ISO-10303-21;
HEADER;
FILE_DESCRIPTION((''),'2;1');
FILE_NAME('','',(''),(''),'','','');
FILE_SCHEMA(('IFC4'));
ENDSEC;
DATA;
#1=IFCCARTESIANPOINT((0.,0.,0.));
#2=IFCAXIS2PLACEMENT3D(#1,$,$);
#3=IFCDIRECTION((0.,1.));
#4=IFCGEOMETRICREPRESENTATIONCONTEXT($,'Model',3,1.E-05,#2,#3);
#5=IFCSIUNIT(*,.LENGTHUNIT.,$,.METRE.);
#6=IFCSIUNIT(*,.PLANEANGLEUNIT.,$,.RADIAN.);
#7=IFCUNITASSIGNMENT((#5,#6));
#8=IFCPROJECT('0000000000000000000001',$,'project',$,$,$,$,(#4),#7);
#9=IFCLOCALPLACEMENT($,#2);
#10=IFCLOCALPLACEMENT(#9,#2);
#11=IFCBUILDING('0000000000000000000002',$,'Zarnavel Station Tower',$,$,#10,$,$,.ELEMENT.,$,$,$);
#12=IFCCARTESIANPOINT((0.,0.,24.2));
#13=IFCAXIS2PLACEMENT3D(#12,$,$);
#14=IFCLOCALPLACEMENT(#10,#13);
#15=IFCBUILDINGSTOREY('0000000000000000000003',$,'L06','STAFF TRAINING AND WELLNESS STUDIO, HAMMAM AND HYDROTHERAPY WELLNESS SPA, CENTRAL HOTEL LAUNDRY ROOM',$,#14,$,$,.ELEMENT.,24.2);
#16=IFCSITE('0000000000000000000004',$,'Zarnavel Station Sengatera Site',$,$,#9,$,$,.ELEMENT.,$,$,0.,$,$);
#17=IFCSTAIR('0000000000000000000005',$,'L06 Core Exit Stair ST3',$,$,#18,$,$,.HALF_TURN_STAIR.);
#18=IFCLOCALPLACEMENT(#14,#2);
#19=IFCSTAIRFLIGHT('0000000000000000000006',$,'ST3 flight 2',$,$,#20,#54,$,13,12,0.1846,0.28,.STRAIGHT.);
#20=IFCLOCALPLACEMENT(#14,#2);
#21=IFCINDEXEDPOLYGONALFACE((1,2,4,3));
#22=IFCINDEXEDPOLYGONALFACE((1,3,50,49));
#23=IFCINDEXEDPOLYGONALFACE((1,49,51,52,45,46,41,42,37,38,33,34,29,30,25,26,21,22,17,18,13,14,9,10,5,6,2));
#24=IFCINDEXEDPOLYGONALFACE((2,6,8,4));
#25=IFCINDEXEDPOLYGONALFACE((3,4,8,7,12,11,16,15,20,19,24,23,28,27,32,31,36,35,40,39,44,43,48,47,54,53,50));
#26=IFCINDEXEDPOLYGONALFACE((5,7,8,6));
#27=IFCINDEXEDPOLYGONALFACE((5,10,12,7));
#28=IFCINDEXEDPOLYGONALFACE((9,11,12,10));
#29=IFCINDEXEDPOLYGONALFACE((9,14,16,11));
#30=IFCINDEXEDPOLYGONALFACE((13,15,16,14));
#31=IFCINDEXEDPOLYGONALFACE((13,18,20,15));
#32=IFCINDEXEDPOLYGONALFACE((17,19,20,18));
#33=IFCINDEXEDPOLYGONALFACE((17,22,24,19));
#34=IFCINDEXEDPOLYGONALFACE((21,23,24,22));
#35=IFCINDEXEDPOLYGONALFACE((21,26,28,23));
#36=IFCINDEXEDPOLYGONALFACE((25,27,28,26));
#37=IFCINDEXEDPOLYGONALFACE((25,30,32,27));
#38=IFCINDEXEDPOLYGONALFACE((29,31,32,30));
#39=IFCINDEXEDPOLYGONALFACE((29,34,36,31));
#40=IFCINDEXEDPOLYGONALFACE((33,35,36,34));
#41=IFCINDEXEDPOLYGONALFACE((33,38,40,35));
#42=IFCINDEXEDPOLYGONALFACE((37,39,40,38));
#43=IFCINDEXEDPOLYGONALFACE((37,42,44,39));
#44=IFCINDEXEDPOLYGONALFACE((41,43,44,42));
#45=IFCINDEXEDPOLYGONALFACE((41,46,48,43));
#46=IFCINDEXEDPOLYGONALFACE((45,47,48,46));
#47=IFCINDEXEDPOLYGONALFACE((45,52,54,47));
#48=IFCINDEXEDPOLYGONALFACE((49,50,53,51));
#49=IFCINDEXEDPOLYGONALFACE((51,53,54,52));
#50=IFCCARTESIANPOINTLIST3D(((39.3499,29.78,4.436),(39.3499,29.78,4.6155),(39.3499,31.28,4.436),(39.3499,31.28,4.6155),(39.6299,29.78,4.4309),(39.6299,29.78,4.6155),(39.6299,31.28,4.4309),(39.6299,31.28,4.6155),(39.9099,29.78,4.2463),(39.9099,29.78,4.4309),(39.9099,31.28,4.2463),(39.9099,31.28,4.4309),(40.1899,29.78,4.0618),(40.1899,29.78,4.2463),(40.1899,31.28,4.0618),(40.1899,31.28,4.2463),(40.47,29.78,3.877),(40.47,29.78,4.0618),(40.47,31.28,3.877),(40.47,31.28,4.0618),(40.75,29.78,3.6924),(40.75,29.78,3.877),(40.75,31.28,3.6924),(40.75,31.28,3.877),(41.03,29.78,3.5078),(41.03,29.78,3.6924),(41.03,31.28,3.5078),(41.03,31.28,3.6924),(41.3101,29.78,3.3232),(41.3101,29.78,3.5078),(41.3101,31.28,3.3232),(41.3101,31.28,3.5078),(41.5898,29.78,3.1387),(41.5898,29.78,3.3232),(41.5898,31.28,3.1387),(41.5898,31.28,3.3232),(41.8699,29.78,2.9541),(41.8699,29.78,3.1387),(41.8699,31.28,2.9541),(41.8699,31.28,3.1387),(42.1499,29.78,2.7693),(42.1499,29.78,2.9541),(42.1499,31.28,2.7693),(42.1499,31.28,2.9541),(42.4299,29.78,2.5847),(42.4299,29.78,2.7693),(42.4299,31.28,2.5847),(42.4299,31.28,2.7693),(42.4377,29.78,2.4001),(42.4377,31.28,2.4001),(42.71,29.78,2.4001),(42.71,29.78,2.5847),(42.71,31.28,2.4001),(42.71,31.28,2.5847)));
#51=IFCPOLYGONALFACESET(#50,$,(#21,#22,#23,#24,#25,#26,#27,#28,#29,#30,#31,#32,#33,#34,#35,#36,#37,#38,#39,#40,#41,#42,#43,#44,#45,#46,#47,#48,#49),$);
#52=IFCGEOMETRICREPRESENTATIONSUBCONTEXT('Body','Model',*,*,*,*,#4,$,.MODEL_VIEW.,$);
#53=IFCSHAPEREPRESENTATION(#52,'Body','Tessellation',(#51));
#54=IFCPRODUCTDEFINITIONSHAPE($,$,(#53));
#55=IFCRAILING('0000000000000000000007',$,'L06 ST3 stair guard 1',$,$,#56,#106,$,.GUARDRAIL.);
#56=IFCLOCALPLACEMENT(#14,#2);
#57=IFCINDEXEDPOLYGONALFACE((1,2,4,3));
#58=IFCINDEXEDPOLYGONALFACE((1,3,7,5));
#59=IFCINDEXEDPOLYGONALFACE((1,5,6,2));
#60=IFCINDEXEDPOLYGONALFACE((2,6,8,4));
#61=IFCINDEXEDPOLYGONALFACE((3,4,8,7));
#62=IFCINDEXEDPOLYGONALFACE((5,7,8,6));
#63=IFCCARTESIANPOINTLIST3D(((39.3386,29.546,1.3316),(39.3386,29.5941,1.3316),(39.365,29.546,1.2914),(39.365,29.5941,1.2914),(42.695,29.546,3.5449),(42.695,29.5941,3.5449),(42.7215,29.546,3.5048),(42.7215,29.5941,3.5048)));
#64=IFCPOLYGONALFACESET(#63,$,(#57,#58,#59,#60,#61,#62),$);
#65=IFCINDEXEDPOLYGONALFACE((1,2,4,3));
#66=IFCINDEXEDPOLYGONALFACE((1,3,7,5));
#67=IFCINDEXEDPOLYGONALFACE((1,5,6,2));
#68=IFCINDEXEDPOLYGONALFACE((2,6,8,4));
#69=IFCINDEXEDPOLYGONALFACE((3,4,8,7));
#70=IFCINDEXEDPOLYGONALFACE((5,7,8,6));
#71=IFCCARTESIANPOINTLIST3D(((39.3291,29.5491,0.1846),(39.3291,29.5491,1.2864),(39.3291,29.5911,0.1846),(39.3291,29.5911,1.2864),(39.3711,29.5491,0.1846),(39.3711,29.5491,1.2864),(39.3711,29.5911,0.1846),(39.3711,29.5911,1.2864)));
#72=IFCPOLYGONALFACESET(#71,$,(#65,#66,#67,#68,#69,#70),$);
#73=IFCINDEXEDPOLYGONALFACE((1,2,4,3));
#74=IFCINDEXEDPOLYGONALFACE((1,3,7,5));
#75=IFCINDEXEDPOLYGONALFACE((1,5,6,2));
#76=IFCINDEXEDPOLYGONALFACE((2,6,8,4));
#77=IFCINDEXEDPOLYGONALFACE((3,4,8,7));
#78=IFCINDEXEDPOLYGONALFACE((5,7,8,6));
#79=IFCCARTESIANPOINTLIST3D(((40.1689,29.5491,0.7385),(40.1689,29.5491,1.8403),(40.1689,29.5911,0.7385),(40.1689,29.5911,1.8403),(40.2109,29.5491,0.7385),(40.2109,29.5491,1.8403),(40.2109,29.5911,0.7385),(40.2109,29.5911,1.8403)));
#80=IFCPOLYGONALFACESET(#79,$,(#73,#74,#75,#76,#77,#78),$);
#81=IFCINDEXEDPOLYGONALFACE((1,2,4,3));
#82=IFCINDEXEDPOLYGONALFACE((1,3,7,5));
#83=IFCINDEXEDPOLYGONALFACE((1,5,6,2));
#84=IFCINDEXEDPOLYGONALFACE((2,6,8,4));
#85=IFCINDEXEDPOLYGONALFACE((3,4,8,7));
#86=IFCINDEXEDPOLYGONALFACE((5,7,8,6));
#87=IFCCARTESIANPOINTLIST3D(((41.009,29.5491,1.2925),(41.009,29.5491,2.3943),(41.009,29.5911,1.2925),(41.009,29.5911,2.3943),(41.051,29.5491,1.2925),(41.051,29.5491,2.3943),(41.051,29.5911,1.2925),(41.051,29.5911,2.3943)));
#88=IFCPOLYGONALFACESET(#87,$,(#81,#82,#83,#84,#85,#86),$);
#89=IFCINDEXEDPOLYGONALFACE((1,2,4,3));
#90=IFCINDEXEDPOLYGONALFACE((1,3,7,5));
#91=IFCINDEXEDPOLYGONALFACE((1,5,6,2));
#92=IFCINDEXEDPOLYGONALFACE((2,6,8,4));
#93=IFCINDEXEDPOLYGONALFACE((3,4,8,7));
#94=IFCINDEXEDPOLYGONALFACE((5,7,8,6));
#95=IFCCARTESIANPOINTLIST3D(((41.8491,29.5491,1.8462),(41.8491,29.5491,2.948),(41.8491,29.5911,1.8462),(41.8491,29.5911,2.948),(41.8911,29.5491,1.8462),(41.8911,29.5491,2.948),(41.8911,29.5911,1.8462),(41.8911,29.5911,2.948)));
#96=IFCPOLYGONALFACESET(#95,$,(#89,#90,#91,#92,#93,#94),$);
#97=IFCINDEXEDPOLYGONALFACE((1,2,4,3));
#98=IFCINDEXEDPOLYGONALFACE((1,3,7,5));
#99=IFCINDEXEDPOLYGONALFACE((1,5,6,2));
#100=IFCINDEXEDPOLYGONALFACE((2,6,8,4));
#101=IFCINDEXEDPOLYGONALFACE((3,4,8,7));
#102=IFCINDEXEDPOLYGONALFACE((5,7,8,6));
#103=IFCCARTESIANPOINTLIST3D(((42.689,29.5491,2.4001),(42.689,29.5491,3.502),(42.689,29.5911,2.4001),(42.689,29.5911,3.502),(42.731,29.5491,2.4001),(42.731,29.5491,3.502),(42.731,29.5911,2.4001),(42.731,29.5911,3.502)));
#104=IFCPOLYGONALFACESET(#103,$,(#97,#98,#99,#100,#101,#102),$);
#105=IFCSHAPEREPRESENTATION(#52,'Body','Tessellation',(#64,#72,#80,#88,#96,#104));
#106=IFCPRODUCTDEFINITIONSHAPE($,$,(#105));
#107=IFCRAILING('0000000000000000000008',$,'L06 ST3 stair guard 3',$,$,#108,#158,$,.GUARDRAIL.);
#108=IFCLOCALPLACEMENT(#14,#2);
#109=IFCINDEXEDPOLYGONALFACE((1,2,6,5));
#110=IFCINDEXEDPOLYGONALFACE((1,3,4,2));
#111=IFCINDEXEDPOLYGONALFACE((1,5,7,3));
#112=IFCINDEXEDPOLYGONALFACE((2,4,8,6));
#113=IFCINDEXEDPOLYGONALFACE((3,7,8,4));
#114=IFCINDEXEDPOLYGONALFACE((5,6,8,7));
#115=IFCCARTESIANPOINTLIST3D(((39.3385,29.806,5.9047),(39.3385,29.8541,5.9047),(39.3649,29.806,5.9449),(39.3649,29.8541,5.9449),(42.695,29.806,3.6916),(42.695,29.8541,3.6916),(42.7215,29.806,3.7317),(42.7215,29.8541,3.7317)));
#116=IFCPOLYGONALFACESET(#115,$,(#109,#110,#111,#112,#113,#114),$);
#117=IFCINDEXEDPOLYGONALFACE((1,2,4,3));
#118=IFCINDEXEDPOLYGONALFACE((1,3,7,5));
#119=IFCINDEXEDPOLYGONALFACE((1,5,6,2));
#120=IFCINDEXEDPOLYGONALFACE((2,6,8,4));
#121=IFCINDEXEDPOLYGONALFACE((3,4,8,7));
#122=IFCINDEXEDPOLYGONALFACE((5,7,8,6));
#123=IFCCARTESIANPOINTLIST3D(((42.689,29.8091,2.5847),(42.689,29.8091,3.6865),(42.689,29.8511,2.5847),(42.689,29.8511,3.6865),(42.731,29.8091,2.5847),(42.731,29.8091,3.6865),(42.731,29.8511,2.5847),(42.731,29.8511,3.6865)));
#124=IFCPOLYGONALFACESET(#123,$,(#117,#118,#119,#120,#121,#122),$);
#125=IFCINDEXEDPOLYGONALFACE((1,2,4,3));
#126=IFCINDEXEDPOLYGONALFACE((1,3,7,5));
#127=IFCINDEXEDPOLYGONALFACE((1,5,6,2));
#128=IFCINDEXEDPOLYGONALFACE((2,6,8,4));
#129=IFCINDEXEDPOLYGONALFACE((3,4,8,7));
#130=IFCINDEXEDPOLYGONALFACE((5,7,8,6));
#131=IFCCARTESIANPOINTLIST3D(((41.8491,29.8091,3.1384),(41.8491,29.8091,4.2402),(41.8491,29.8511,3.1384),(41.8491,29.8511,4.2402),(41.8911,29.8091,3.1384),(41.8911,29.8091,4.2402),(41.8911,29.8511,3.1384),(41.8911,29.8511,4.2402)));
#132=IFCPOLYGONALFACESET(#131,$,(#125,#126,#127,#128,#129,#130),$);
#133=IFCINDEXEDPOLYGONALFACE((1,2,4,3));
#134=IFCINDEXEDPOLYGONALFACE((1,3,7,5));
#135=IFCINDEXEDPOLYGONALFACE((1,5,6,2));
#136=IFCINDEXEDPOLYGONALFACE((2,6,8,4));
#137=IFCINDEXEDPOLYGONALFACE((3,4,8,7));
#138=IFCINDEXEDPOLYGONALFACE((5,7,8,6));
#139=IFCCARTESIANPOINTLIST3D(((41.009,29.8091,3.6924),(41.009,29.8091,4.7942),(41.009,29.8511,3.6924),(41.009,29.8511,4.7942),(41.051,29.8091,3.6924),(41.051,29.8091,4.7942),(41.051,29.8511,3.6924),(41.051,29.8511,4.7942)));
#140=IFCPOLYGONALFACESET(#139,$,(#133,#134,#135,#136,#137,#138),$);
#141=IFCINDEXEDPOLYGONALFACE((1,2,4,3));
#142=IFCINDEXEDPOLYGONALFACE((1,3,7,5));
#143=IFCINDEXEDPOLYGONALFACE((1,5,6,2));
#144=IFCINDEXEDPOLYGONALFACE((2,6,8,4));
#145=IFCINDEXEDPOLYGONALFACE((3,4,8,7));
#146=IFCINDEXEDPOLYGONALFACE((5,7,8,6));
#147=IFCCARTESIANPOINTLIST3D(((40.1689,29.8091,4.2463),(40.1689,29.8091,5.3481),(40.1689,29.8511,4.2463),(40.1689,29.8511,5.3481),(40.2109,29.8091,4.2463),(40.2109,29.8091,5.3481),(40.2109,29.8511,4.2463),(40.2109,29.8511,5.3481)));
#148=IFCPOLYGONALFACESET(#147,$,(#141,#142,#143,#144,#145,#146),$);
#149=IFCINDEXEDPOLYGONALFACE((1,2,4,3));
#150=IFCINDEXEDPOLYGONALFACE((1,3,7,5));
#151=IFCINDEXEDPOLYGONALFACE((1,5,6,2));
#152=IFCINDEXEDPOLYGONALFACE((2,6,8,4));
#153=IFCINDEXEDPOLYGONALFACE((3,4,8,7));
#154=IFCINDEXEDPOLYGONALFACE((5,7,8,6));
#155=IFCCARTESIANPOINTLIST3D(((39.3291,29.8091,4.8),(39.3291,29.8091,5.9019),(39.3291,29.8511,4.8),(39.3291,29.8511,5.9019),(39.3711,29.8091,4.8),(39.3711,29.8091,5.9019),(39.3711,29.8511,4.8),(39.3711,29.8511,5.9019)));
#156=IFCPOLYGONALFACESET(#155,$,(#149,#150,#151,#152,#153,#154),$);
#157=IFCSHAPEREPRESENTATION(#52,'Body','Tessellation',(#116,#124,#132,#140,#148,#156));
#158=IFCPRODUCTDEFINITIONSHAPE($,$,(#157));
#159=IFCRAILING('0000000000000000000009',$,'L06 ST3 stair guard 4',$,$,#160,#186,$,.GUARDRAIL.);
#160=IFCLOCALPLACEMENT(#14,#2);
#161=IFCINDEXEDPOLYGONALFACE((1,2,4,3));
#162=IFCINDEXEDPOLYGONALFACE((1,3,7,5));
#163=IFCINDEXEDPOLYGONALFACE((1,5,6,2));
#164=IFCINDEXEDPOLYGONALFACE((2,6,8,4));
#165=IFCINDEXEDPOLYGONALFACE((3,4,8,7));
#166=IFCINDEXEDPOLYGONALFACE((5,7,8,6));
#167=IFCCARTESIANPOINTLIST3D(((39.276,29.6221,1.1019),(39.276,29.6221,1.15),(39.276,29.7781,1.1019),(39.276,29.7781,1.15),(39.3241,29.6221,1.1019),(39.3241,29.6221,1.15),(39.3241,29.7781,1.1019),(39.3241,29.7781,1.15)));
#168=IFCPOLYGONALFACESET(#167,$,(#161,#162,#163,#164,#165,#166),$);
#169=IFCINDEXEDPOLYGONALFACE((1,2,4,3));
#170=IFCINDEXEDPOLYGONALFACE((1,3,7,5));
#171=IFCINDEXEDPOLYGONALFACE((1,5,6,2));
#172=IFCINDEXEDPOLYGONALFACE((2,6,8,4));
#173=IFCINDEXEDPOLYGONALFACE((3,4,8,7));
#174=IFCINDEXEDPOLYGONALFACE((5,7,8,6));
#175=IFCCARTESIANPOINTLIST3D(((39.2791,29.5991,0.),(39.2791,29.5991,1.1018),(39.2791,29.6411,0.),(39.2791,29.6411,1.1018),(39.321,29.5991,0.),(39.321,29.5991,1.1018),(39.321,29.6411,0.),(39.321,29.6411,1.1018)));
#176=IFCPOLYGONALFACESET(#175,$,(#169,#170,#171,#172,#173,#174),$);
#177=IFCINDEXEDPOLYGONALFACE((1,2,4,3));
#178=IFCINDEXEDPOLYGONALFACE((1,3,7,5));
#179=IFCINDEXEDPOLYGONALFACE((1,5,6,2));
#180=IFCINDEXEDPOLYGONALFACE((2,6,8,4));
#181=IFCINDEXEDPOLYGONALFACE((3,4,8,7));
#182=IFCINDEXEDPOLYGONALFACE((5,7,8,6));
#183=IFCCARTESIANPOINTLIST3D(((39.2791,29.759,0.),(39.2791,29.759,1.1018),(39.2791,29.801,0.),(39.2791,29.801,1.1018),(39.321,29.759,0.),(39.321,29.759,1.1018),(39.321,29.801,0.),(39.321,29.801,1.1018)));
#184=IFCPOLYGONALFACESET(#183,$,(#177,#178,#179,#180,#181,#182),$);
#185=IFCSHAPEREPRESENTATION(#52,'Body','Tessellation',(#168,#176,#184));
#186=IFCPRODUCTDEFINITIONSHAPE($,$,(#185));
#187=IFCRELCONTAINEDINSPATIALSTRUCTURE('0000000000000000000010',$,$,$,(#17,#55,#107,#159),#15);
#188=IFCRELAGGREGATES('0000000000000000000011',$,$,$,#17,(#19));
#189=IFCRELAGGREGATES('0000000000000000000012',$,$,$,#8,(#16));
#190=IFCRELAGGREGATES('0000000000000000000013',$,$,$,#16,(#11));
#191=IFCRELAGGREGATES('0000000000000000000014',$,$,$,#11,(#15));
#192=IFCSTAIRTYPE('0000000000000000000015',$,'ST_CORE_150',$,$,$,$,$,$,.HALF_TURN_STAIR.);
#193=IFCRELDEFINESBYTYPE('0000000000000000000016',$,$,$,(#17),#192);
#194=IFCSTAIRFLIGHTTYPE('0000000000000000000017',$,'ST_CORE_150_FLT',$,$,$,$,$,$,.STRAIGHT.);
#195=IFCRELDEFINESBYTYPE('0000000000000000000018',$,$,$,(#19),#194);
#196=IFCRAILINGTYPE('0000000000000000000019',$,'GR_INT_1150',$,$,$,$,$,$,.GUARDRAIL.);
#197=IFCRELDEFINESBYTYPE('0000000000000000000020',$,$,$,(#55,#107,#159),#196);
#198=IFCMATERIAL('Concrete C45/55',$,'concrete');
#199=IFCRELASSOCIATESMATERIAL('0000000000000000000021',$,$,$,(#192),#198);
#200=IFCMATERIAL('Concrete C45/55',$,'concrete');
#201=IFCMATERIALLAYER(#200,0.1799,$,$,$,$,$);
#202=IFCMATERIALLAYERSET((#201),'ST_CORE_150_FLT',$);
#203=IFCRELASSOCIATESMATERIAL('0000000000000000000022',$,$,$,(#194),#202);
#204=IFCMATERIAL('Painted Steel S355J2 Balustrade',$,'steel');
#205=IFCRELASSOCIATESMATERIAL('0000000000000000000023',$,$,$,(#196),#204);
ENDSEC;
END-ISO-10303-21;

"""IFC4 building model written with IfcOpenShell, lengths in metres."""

from ifc_helpers import new_model, si_unit, direction, frame, origin, origin_2d, place, context, subcontext, project, spatial, polyline, rectangle, outline, extrude, material, layer, layer_set, type_object, element, aggregate, save


model = new_model("IFC4")

# Units and contexts
model_context = context("Model", 3, precision=1e-05, world=origin(), true_north=direction((0.0, 1.0)))
body_context = subcontext(model_context, "Body", "Model", "MODEL_VIEW")
ifc_project = project(units=[si_unit("LENGTHUNIT", "METRE"), si_unit("PLANEANGLEUNIT", "RADIAN")], contexts=[model_context])

# Site, building, storey
site_placement = place(None, origin())
site = spatial("IfcSite", under=ifc_project, at=site_placement, Name="Zarnavel Station Sengatera Site", CompositionType="ELEMENT", RefElevation=0.0)
building_placement = place(site_placement, origin())
building = spatial("IfcBuilding", under=site, at=building_placement, Name="Zarnavel Station Tower", CompositionType="ELEMENT")
storey_placement = place(building_placement, frame((0.0, 0.0, 24.2)))
storey = spatial("IfcBuildingStorey", under=building, at=storey_placement, Name="L06", Description="STAFF TRAINING AND WELLNESS STUDIO, HAMMAM AND HYDROTHERAPY WELLNESS SPA, CENTRAL HOTEL LAUNDRY ROOM", CompositionType="ELEMENT", Elevation=24.2)

# Stair, stair flight
ifc_material_1 = material(Name="Concrete C45/55", Category="concrete")
stair_type = type_object("IfcStairType", Name="ST_CORE_150", PredefinedType="HALF_TURN_STAIR", material=ifc_material_1)
stair_placement = place(storey_placement, origin())
stair = element("IfcStair", 1, at=stair_placement, inside=storey, type_object=stair_type, Name="L06 Core Exit Stair ST3", PredefinedType="HALF_TURN_STAIR")
ifc_material_2 = material(Name="Concrete C45/55", Category="concrete")
ifc_layer_1 = layer(ifc_material_2, 0.1799)
ifc_layer_set_1 = layer_set([ifc_layer_1], Name="ST_CORE_150_FLT")
stair_flight_type = type_object("IfcStairFlightType", Name="ST_CORE_150_FLT", PredefinedType="STRAIGHT", material=ifc_layer_set_1)
stair_flight_1_placement = place(storey_placement, frame((42.71, 30.53, 2.4001), z_axis=(0.0, 0.0, 1.0), x_axis=(-1.0, 0.0, 0.0)))
stair_flight_1 = element("IfcStairFlight", 2, at=stair_flight_1_placement, type_object=stair_flight_type, Name="ST3 flight 2", NumberOfRisers=13, NumberOfTreads=12, PredefinedType="STRAIGHT", RiserHeight=0.1846, TreadLength=0.28, context=body_context, shape_type="SweptSolid", body=[
    extrude(outline(polyline([(0.0, 0.0), (0.0, 0.1846), (0.28, 0.1846), (0.28, 0.3691), (0.5601, 0.3691), (0.5601, 0.554), (0.8401, 0.554), (0.8401, 0.7385), (1.1201, 0.7385), (1.1201, 0.9231), (1.3999, 0.9231), (1.3999, 1.1077), (1.6799, 1.1077), (1.6799, 1.2922), (1.96, 1.2922), (1.96, 1.4768), (2.24, 1.4768), (2.24, 1.6616), (2.52, 1.6616), (2.52, 1.8462), (2.8, 1.8462), (2.8, 2.0308), (3.0801, 2.0308), (3.0801, 2.2153), (3.3601, 2.2153), (3.3601, 2.3999), (3.3601, 2.0359), (0.2722, 0.0), (0.0, 0.0)])), frame((0.0, 0.75, 0.0), z_axis=(0.0, -1.0, 0.0), x_axis=(1.0, 0.0, 0.0)), (0.0, 0.0, 1.0), 1.5),
])
aggregate(stair, [stair_flight_1])

# Railings
ifc_material_3 = material(Name="Painted Steel S355J2 Balustrade", Category="steel")
railing_type_1 = type_object("IfcRailingType", Name="GR_INT_1150", PredefinedType="GUARDRAIL", material=ifc_material_3)
railing_1_placement = place(storey_placement, frame((39.3501, 29.5701, 0.1846)))
element("IfcRailing", 3, at=railing_1_placement, inside=storey, type_object=railing_type_1, Name="L06 ST3 stair guard 1", PredefinedType="GUARDRAIL", context=body_context, shape_type="SweptSolid", body=[
    extrude(rectangle(XDim=0.0481, YDim=0.0481, at=origin_2d()), frame((0.0017, 0.0, 1.127), z_axis=(0.83483, 0.0, 0.550508), x_axis=(0.0, 1.0, 0.0)), (0.0, 0.0, 1.0), 4.0205),
    extrude(rectangle(XDim=0.042, YDim=0.042, at=origin_2d()), origin(), (0.0, 0.0, 1.0), 1.1018),
    extrude(rectangle(XDim=0.042, YDim=0.042, at=origin_2d()), frame((0.8398, 0.0, 0.554)), (0.0, 0.0, 1.0), 1.1018),
    extrude(rectangle(XDim=0.042, YDim=0.042, at=origin_2d()), frame((1.6799, 0.0, 1.1079)), (0.0, 0.0, 1.0), 1.1018),
    extrude(rectangle(XDim=0.042, YDim=0.042, at=origin_2d()), frame((2.52, 0.0, 1.6616)), (0.0, 0.0, 1.0), 1.1018),
    extrude(rectangle(XDim=0.042, YDim=0.042, at=origin_2d()), frame((3.3599, 0.0, 2.2156)), (0.0, 0.0, 1.0), 1.1018),
])
railing_2_placement = place(storey_placement, frame((42.71, 29.8301, 2.5847)))
element("IfcRailing", 4, at=railing_2_placement, inside=storey, type_object=railing_type_1, Name="L06 ST3 stair guard 3", PredefinedType="GUARDRAIL", context=body_context, shape_type="SweptSolid", body=[
    extrude(rectangle(XDim=0.0481, YDim=0.0481, at=origin_2d()), frame((-0.0017, 0.0, 1.127), z_axis=(-0.834858, 0.0, 0.550465), x_axis=(0.0, -1.0, 0.0)), (0.0, 0.0, 1.0), 4.0205),
    extrude(rectangle(XDim=0.042, YDim=0.042, at=origin_2d()), origin(), (0.0, 0.0, 1.0), 1.1018),
    extrude(rectangle(XDim=0.042, YDim=0.042, at=origin_2d()), frame((-0.8398, 0.0, 0.5537)), (0.0, 0.0, 1.0), 1.1018),
    extrude(rectangle(XDim=0.042, YDim=0.042, at=origin_2d()), frame((-1.6799, 0.0, 1.1077)), (0.0, 0.0, 1.0), 1.1018),
    extrude(rectangle(XDim=0.042, YDim=0.042, at=origin_2d()), frame((-2.52, 0.0, 1.6616)), (0.0, 0.0, 1.0), 1.1018),
    extrude(rectangle(XDim=0.042, YDim=0.042, at=origin_2d()), frame((-3.3599, 0.0, 2.2153)), (0.0, 0.0, 1.0), 1.1018),
])
railing_3_placement = place(storey_placement, frame((39.3, 29.6201, 0.0)))
element("IfcRailing", 5, at=railing_3_placement, inside=storey, type_object=railing_type_1, Name="L06 ST3 stair guard 4", PredefinedType="GUARDRAIL", context=body_context, shape_type="SweptSolid", body=[
    extrude(rectangle(XDim=0.0481, YDim=0.0481, at=origin_2d()), frame((0.0, 0.002, 1.126), z_axis=(0.0, 1.0, 0.0), x_axis=(-1.0, 0.0, 0.0)), (0.0, 0.0, 1.0), 0.156),
    extrude(rectangle(XDim=0.042, YDim=0.042, at=origin_2d()), origin(), (0.0, 0.0, 1.0), 1.1018),
    extrude(rectangle(XDim=0.042, YDim=0.042, at=origin_2d()), frame((0.0, 0.1599, 0.0)), (0.0, 0.0, 1.0), 1.1018),
])

save(model, "model.ifc")
